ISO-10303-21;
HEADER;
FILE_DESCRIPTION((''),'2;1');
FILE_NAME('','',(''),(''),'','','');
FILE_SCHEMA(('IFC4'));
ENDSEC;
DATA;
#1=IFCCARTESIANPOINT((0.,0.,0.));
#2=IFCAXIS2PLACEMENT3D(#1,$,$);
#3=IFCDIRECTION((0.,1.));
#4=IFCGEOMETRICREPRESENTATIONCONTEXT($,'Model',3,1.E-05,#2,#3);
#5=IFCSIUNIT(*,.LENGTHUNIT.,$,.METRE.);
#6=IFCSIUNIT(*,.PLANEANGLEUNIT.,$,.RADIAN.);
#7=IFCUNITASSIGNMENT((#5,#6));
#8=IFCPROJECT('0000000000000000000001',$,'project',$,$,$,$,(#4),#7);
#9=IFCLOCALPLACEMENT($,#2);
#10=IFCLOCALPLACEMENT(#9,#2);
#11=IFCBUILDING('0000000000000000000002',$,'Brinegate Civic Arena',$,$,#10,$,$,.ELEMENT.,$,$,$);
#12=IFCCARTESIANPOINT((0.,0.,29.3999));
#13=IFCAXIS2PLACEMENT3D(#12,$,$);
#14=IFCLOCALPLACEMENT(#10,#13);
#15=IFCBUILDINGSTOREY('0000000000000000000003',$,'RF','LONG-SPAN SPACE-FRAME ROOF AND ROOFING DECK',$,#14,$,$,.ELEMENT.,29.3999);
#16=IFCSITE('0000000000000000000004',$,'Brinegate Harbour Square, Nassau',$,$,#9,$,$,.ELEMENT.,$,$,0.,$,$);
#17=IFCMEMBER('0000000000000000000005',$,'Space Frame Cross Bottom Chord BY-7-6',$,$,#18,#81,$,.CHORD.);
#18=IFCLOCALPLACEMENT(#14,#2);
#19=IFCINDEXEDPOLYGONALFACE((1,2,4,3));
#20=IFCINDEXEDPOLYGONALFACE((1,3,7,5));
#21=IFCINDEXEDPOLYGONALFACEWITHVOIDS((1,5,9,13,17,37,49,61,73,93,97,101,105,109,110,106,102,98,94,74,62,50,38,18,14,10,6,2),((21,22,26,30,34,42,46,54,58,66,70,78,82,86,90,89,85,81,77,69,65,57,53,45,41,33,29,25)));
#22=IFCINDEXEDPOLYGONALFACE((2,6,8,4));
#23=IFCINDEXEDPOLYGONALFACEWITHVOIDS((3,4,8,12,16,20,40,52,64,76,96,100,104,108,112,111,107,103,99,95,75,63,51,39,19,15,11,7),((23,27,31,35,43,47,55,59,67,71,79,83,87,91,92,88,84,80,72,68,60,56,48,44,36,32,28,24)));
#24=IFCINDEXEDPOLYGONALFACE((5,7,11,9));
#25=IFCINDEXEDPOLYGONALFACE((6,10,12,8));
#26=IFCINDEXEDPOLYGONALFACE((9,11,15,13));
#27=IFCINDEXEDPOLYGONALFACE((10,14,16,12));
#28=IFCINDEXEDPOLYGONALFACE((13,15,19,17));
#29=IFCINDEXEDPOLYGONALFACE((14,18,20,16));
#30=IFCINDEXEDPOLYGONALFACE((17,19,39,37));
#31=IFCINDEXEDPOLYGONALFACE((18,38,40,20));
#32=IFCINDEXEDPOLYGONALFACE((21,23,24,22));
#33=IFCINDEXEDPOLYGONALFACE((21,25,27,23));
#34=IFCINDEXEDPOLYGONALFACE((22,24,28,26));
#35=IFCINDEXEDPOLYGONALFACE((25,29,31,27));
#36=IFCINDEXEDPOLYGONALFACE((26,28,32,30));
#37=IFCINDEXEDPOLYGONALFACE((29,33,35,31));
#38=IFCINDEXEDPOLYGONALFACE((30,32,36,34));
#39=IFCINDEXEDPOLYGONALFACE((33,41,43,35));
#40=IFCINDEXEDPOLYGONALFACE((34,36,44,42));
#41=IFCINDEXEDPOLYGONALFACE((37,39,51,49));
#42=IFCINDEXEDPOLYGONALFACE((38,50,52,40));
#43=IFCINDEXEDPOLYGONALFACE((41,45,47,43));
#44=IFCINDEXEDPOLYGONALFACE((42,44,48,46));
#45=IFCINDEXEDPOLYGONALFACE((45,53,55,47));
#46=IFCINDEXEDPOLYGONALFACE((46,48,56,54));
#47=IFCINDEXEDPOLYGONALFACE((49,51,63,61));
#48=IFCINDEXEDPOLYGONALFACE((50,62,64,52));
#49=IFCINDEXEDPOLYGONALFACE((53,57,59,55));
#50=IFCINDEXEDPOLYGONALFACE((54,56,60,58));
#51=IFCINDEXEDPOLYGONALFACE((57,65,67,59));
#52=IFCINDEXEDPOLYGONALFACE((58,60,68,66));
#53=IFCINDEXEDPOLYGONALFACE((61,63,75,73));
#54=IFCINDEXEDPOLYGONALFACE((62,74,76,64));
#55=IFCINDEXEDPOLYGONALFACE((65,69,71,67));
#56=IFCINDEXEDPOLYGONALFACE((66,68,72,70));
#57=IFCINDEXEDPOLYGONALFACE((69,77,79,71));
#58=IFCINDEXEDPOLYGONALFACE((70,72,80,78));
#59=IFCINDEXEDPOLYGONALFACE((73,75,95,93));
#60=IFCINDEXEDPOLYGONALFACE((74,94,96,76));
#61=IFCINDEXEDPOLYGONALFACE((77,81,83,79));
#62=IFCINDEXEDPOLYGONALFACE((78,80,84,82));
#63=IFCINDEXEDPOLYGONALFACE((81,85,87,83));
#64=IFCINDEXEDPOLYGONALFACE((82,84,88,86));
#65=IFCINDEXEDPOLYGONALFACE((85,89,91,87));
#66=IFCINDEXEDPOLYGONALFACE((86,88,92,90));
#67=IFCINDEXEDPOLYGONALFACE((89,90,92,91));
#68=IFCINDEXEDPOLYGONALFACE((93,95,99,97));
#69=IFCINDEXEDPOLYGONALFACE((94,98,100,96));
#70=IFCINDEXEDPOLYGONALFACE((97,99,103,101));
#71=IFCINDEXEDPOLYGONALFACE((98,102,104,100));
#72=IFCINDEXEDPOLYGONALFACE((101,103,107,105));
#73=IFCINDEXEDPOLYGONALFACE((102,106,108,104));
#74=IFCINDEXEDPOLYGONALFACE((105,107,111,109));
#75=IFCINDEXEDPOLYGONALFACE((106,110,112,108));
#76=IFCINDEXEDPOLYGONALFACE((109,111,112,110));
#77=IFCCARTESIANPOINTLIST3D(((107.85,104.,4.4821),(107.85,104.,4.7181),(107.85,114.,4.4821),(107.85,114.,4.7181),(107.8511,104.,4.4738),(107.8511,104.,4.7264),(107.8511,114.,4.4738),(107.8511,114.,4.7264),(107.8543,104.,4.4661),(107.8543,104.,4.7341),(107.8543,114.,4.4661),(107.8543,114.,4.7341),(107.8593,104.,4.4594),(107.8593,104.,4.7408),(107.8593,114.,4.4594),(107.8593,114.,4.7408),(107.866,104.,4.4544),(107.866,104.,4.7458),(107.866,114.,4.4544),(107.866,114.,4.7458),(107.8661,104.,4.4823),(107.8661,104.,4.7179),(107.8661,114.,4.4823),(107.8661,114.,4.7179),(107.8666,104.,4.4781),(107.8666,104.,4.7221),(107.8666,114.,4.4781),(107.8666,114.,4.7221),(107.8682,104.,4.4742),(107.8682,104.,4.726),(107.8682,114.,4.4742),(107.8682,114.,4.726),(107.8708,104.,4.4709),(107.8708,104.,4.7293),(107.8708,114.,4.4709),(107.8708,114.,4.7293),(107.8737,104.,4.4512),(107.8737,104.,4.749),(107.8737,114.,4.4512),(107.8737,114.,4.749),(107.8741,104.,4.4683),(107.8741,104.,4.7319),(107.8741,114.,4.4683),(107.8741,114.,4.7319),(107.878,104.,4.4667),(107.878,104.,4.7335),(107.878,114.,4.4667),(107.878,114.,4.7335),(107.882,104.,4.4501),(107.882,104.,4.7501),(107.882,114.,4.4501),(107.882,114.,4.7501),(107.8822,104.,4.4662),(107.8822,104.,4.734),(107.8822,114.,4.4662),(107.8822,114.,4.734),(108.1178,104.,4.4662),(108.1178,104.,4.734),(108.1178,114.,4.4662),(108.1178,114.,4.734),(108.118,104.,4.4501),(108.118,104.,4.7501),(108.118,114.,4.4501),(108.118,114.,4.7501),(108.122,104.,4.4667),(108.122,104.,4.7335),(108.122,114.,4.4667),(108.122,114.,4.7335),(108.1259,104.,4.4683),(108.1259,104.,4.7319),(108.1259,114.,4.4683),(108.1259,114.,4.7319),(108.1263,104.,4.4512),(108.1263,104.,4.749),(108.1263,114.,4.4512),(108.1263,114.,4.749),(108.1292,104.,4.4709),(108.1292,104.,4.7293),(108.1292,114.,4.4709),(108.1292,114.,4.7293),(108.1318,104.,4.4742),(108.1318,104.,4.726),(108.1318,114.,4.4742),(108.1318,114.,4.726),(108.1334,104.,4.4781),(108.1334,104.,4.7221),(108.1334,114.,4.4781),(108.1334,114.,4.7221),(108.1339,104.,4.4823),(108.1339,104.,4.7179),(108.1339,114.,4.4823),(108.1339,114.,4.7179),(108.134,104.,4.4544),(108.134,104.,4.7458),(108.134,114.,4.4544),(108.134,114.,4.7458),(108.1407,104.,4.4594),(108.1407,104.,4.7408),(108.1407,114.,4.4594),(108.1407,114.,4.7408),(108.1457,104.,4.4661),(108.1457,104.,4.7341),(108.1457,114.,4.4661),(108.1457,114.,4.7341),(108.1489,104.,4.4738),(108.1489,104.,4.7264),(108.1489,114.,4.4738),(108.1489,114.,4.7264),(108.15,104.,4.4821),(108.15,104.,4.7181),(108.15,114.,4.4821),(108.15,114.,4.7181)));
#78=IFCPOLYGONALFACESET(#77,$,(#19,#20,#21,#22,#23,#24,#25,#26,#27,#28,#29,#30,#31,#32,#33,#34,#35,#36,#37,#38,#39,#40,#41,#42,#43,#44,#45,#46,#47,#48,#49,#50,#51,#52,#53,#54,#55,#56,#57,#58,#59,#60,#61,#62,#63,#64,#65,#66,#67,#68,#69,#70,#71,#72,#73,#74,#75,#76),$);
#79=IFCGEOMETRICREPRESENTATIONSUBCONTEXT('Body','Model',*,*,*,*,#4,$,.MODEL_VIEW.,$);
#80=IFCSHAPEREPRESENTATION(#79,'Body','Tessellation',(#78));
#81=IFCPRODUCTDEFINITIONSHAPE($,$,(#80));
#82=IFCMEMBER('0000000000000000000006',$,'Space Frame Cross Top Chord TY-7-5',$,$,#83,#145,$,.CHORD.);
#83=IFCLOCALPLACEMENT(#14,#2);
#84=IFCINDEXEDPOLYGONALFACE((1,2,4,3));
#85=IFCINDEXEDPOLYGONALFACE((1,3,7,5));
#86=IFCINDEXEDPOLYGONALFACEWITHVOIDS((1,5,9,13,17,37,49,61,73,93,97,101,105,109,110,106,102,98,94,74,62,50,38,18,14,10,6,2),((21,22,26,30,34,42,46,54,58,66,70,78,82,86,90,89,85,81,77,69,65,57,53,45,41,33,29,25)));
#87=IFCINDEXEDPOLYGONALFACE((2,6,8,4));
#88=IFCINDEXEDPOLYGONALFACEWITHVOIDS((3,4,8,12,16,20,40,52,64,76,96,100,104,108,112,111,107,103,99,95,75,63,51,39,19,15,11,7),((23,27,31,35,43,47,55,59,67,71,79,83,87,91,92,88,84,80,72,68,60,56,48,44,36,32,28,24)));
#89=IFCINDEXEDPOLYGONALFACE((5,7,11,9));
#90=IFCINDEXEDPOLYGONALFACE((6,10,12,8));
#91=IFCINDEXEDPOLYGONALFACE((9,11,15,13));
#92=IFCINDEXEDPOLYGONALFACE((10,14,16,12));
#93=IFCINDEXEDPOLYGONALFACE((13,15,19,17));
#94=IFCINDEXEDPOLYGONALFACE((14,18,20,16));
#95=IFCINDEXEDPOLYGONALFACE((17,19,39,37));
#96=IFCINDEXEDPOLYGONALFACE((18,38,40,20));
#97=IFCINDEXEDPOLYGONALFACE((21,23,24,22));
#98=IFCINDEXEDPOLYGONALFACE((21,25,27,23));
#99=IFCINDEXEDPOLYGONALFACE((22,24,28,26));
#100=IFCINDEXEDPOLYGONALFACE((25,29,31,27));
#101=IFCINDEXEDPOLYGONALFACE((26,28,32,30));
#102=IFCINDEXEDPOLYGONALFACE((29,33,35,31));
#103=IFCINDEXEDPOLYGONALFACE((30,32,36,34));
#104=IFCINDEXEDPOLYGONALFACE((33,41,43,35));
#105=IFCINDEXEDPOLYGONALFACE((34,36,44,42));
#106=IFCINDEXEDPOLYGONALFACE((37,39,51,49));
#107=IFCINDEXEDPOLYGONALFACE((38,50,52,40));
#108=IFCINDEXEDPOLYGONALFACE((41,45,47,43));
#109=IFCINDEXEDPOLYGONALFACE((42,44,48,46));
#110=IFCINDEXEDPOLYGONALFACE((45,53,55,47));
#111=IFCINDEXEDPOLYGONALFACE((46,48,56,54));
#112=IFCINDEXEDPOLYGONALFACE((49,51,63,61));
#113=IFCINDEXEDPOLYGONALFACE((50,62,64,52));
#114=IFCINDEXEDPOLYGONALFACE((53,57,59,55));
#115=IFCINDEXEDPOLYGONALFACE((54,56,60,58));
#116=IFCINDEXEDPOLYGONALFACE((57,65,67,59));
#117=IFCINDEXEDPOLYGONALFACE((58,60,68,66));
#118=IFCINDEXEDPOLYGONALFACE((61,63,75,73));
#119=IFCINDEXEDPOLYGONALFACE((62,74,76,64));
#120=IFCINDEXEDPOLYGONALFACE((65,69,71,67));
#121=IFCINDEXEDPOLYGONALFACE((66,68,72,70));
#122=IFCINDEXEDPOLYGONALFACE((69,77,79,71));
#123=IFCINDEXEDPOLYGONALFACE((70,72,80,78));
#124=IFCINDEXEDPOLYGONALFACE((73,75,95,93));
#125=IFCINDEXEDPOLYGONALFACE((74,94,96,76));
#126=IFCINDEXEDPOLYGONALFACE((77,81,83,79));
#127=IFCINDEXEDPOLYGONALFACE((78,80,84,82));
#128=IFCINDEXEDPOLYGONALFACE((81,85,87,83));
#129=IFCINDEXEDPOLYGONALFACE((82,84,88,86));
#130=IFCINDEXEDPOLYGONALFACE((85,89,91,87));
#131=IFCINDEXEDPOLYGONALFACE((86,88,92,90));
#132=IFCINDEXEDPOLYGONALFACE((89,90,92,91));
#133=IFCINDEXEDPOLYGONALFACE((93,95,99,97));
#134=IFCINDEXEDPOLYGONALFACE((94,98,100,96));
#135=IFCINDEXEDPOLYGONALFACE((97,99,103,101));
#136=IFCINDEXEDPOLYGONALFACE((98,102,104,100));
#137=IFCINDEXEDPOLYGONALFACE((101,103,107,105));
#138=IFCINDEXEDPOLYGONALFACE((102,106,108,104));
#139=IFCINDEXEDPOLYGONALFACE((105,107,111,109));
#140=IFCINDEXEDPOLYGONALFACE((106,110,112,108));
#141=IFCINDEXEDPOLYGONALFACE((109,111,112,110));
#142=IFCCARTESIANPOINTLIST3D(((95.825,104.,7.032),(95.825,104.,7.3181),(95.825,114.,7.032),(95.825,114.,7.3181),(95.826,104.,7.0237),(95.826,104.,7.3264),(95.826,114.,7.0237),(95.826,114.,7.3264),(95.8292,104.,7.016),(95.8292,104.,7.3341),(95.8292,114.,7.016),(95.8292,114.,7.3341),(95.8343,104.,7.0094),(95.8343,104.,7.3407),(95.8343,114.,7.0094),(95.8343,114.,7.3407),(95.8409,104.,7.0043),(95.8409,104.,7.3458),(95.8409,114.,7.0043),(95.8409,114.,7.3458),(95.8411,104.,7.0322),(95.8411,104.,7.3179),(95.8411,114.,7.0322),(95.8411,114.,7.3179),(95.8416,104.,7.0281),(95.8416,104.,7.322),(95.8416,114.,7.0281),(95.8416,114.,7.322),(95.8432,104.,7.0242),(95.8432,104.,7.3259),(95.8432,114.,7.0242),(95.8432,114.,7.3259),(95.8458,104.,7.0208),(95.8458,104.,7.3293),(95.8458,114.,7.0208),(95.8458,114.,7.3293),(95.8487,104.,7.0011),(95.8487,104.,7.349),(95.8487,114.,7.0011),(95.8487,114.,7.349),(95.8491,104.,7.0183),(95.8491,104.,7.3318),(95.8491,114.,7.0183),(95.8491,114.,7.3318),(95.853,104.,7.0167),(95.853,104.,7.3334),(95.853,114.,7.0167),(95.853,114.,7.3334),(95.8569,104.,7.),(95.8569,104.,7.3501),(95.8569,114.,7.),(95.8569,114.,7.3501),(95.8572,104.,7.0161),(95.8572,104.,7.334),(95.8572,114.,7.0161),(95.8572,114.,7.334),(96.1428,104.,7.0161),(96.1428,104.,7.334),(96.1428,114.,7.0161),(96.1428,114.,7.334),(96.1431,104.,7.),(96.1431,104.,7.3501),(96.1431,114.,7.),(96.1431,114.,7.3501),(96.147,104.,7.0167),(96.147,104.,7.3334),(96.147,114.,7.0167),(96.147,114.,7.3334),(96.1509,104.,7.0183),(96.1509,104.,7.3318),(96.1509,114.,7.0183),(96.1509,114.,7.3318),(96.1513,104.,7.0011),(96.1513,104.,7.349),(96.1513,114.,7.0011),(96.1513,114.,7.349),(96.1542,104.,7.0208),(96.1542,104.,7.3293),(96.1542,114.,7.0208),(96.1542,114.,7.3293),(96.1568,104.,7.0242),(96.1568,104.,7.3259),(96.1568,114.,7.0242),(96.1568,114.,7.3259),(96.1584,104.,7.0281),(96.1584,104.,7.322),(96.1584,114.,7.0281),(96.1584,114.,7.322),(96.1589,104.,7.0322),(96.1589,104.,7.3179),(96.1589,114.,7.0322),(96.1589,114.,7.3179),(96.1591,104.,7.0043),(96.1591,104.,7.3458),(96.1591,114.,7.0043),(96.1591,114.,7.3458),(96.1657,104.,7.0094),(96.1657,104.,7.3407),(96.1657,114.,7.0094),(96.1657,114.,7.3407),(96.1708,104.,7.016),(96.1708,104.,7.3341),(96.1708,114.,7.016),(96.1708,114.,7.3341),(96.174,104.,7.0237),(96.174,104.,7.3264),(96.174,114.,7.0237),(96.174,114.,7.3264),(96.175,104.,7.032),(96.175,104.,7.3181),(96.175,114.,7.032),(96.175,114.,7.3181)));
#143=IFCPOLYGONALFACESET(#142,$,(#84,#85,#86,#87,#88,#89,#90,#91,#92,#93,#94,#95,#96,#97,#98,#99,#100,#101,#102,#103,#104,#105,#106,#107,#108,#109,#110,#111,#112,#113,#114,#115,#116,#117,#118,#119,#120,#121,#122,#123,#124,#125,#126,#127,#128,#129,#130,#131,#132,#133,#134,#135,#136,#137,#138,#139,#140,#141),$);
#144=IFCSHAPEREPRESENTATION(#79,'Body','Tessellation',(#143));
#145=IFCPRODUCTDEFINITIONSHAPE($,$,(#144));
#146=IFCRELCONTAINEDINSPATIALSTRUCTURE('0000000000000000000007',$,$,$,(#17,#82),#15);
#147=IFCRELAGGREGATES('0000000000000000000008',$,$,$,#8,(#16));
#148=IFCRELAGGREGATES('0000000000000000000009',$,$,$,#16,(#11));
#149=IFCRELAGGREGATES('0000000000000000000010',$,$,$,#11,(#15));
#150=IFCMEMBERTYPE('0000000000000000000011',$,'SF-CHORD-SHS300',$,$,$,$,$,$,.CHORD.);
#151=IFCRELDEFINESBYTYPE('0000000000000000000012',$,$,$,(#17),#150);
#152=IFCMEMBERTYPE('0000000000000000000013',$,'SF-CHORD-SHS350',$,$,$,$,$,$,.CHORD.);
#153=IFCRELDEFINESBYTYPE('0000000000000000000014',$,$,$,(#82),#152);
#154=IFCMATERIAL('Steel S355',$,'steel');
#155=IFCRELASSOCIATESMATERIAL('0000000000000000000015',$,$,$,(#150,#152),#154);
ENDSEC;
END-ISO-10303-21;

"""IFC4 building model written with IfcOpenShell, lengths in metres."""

from ifc_helpers import new_model, si_unit, direction, frame, origin, origin_2d, place, context, subcontext, project, spatial, hollow_rectangle, extrude, material, material_profile, profile_set, type_object, element, save


model = new_model("IFC4")

# Units and contexts
model_context = context("Model", 3, precision=1e-05, world=origin(), true_north=direction((0.0, 1.0)))
body_context = subcontext(model_context, "Body", "Model", "MODEL_VIEW")
ifc_project = project(units=[si_unit("LENGTHUNIT", "METRE"), si_unit("PLANEANGLEUNIT", "RADIAN")], contexts=[model_context])

# Site, building, storey
site_placement = place(None, origin())
site = spatial("IfcSite", under=ifc_project, at=site_placement, Name="Brinegate Harbour Square, Nassau", CompositionType="ELEMENT", RefElevation=0.0)
building_placement = place(site_placement, origin())
building = spatial("IfcBuilding", under=site, at=building_placement, Name="Brinegate Civic Arena", CompositionType="ELEMENT")
storey_placement = place(building_placement, frame((0.0, 0.0, 29.3999)))
storey = spatial("IfcBuildingStorey", under=building, at=storey_placement, Name="RF", Description="LONG-SPAN SPACE-FRAME ROOF AND ROOFING DECK", CompositionType="ELEMENT", Elevation=29.3999)

# Shared definitions
ifc_material_1 = material(Name="Steel S355", Category="steel")

# Members
ifc_material_profile_1 = material_profile(ifc_material_1, hollow_rectangle(XDim=0.3, YDim=0.3, WallThickness=0.0161, InnerFilletRadius=0.0161, OuterFilletRadius=0.032, at=origin_2d()), Name="SHS300X16")
ifc_profile_set_1 = profile_set([ifc_material_profile_1], Name="Steel S355")
member_type_1 = type_object("IfcMemberType", Name="SF-CHORD-SHS300", PredefinedType="CHORD", material=ifc_profile_set_1)
for number, where, z_axis, x_axis, name in (
    (1, (108.0, 104.0, 4.6001), (0.0, 1.0, 0.0), (-1.0, 0.0, 0.0), "Space Frame Cross Bottom Chord BY-7-6"),
):
    element("IfcMember", number, at=place(storey_placement, frame(where, z_axis=z_axis, x_axis=x_axis)), inside=storey, type_object=member_type_1, Name=name, PredefinedType="CHORD", context=body_context, shape_type="SweptSolid", body=[
        extrude(hollow_rectangle(XDim=0.3, YDim=0.3, WallThickness=0.0161, InnerFilletRadius=0.0161, OuterFilletRadius=0.032, at=origin_2d()), origin(), (0.0, 0.0, 1.0), 10.0),
    ])
ifc_material_profile_2 = material_profile(ifc_material_1, hollow_rectangle(XDim=0.3501, YDim=0.3501, WallThickness=0.0161, InnerFilletRadius=0.0161, OuterFilletRadius=0.032, at=origin_2d()), Name="SHS350X16")
ifc_profile_set_2 = profile_set([ifc_material_profile_2], Name="Steel S355")
member_type_2 = type_object("IfcMemberType", Name="SF-CHORD-SHS350", PredefinedType="CHORD", material=ifc_profile_set_2)
for number, where, z_axis, x_axis, name in (
    (2, (96.0, 104.0, 7.175), (0.0, 1.0, 0.0), (-1.0, 0.0, 0.0), "Space Frame Cross Top Chord TY-7-5"),
):
    element("IfcMember", number, at=place(storey_placement, frame(where, z_axis=z_axis, x_axis=x_axis)), inside=storey, type_object=member_type_2, Name=name, PredefinedType="CHORD", context=body_context, shape_type="SweptSolid", body=[
        extrude(hollow_rectangle(XDim=0.3501, YDim=0.3501, WallThickness=0.0161, InnerFilletRadius=0.0161, OuterFilletRadius=0.032, at=origin_2d()), origin(), (0.0, 0.0, 1.0), 10.0),
    ])

save(model, "model.ifc")
